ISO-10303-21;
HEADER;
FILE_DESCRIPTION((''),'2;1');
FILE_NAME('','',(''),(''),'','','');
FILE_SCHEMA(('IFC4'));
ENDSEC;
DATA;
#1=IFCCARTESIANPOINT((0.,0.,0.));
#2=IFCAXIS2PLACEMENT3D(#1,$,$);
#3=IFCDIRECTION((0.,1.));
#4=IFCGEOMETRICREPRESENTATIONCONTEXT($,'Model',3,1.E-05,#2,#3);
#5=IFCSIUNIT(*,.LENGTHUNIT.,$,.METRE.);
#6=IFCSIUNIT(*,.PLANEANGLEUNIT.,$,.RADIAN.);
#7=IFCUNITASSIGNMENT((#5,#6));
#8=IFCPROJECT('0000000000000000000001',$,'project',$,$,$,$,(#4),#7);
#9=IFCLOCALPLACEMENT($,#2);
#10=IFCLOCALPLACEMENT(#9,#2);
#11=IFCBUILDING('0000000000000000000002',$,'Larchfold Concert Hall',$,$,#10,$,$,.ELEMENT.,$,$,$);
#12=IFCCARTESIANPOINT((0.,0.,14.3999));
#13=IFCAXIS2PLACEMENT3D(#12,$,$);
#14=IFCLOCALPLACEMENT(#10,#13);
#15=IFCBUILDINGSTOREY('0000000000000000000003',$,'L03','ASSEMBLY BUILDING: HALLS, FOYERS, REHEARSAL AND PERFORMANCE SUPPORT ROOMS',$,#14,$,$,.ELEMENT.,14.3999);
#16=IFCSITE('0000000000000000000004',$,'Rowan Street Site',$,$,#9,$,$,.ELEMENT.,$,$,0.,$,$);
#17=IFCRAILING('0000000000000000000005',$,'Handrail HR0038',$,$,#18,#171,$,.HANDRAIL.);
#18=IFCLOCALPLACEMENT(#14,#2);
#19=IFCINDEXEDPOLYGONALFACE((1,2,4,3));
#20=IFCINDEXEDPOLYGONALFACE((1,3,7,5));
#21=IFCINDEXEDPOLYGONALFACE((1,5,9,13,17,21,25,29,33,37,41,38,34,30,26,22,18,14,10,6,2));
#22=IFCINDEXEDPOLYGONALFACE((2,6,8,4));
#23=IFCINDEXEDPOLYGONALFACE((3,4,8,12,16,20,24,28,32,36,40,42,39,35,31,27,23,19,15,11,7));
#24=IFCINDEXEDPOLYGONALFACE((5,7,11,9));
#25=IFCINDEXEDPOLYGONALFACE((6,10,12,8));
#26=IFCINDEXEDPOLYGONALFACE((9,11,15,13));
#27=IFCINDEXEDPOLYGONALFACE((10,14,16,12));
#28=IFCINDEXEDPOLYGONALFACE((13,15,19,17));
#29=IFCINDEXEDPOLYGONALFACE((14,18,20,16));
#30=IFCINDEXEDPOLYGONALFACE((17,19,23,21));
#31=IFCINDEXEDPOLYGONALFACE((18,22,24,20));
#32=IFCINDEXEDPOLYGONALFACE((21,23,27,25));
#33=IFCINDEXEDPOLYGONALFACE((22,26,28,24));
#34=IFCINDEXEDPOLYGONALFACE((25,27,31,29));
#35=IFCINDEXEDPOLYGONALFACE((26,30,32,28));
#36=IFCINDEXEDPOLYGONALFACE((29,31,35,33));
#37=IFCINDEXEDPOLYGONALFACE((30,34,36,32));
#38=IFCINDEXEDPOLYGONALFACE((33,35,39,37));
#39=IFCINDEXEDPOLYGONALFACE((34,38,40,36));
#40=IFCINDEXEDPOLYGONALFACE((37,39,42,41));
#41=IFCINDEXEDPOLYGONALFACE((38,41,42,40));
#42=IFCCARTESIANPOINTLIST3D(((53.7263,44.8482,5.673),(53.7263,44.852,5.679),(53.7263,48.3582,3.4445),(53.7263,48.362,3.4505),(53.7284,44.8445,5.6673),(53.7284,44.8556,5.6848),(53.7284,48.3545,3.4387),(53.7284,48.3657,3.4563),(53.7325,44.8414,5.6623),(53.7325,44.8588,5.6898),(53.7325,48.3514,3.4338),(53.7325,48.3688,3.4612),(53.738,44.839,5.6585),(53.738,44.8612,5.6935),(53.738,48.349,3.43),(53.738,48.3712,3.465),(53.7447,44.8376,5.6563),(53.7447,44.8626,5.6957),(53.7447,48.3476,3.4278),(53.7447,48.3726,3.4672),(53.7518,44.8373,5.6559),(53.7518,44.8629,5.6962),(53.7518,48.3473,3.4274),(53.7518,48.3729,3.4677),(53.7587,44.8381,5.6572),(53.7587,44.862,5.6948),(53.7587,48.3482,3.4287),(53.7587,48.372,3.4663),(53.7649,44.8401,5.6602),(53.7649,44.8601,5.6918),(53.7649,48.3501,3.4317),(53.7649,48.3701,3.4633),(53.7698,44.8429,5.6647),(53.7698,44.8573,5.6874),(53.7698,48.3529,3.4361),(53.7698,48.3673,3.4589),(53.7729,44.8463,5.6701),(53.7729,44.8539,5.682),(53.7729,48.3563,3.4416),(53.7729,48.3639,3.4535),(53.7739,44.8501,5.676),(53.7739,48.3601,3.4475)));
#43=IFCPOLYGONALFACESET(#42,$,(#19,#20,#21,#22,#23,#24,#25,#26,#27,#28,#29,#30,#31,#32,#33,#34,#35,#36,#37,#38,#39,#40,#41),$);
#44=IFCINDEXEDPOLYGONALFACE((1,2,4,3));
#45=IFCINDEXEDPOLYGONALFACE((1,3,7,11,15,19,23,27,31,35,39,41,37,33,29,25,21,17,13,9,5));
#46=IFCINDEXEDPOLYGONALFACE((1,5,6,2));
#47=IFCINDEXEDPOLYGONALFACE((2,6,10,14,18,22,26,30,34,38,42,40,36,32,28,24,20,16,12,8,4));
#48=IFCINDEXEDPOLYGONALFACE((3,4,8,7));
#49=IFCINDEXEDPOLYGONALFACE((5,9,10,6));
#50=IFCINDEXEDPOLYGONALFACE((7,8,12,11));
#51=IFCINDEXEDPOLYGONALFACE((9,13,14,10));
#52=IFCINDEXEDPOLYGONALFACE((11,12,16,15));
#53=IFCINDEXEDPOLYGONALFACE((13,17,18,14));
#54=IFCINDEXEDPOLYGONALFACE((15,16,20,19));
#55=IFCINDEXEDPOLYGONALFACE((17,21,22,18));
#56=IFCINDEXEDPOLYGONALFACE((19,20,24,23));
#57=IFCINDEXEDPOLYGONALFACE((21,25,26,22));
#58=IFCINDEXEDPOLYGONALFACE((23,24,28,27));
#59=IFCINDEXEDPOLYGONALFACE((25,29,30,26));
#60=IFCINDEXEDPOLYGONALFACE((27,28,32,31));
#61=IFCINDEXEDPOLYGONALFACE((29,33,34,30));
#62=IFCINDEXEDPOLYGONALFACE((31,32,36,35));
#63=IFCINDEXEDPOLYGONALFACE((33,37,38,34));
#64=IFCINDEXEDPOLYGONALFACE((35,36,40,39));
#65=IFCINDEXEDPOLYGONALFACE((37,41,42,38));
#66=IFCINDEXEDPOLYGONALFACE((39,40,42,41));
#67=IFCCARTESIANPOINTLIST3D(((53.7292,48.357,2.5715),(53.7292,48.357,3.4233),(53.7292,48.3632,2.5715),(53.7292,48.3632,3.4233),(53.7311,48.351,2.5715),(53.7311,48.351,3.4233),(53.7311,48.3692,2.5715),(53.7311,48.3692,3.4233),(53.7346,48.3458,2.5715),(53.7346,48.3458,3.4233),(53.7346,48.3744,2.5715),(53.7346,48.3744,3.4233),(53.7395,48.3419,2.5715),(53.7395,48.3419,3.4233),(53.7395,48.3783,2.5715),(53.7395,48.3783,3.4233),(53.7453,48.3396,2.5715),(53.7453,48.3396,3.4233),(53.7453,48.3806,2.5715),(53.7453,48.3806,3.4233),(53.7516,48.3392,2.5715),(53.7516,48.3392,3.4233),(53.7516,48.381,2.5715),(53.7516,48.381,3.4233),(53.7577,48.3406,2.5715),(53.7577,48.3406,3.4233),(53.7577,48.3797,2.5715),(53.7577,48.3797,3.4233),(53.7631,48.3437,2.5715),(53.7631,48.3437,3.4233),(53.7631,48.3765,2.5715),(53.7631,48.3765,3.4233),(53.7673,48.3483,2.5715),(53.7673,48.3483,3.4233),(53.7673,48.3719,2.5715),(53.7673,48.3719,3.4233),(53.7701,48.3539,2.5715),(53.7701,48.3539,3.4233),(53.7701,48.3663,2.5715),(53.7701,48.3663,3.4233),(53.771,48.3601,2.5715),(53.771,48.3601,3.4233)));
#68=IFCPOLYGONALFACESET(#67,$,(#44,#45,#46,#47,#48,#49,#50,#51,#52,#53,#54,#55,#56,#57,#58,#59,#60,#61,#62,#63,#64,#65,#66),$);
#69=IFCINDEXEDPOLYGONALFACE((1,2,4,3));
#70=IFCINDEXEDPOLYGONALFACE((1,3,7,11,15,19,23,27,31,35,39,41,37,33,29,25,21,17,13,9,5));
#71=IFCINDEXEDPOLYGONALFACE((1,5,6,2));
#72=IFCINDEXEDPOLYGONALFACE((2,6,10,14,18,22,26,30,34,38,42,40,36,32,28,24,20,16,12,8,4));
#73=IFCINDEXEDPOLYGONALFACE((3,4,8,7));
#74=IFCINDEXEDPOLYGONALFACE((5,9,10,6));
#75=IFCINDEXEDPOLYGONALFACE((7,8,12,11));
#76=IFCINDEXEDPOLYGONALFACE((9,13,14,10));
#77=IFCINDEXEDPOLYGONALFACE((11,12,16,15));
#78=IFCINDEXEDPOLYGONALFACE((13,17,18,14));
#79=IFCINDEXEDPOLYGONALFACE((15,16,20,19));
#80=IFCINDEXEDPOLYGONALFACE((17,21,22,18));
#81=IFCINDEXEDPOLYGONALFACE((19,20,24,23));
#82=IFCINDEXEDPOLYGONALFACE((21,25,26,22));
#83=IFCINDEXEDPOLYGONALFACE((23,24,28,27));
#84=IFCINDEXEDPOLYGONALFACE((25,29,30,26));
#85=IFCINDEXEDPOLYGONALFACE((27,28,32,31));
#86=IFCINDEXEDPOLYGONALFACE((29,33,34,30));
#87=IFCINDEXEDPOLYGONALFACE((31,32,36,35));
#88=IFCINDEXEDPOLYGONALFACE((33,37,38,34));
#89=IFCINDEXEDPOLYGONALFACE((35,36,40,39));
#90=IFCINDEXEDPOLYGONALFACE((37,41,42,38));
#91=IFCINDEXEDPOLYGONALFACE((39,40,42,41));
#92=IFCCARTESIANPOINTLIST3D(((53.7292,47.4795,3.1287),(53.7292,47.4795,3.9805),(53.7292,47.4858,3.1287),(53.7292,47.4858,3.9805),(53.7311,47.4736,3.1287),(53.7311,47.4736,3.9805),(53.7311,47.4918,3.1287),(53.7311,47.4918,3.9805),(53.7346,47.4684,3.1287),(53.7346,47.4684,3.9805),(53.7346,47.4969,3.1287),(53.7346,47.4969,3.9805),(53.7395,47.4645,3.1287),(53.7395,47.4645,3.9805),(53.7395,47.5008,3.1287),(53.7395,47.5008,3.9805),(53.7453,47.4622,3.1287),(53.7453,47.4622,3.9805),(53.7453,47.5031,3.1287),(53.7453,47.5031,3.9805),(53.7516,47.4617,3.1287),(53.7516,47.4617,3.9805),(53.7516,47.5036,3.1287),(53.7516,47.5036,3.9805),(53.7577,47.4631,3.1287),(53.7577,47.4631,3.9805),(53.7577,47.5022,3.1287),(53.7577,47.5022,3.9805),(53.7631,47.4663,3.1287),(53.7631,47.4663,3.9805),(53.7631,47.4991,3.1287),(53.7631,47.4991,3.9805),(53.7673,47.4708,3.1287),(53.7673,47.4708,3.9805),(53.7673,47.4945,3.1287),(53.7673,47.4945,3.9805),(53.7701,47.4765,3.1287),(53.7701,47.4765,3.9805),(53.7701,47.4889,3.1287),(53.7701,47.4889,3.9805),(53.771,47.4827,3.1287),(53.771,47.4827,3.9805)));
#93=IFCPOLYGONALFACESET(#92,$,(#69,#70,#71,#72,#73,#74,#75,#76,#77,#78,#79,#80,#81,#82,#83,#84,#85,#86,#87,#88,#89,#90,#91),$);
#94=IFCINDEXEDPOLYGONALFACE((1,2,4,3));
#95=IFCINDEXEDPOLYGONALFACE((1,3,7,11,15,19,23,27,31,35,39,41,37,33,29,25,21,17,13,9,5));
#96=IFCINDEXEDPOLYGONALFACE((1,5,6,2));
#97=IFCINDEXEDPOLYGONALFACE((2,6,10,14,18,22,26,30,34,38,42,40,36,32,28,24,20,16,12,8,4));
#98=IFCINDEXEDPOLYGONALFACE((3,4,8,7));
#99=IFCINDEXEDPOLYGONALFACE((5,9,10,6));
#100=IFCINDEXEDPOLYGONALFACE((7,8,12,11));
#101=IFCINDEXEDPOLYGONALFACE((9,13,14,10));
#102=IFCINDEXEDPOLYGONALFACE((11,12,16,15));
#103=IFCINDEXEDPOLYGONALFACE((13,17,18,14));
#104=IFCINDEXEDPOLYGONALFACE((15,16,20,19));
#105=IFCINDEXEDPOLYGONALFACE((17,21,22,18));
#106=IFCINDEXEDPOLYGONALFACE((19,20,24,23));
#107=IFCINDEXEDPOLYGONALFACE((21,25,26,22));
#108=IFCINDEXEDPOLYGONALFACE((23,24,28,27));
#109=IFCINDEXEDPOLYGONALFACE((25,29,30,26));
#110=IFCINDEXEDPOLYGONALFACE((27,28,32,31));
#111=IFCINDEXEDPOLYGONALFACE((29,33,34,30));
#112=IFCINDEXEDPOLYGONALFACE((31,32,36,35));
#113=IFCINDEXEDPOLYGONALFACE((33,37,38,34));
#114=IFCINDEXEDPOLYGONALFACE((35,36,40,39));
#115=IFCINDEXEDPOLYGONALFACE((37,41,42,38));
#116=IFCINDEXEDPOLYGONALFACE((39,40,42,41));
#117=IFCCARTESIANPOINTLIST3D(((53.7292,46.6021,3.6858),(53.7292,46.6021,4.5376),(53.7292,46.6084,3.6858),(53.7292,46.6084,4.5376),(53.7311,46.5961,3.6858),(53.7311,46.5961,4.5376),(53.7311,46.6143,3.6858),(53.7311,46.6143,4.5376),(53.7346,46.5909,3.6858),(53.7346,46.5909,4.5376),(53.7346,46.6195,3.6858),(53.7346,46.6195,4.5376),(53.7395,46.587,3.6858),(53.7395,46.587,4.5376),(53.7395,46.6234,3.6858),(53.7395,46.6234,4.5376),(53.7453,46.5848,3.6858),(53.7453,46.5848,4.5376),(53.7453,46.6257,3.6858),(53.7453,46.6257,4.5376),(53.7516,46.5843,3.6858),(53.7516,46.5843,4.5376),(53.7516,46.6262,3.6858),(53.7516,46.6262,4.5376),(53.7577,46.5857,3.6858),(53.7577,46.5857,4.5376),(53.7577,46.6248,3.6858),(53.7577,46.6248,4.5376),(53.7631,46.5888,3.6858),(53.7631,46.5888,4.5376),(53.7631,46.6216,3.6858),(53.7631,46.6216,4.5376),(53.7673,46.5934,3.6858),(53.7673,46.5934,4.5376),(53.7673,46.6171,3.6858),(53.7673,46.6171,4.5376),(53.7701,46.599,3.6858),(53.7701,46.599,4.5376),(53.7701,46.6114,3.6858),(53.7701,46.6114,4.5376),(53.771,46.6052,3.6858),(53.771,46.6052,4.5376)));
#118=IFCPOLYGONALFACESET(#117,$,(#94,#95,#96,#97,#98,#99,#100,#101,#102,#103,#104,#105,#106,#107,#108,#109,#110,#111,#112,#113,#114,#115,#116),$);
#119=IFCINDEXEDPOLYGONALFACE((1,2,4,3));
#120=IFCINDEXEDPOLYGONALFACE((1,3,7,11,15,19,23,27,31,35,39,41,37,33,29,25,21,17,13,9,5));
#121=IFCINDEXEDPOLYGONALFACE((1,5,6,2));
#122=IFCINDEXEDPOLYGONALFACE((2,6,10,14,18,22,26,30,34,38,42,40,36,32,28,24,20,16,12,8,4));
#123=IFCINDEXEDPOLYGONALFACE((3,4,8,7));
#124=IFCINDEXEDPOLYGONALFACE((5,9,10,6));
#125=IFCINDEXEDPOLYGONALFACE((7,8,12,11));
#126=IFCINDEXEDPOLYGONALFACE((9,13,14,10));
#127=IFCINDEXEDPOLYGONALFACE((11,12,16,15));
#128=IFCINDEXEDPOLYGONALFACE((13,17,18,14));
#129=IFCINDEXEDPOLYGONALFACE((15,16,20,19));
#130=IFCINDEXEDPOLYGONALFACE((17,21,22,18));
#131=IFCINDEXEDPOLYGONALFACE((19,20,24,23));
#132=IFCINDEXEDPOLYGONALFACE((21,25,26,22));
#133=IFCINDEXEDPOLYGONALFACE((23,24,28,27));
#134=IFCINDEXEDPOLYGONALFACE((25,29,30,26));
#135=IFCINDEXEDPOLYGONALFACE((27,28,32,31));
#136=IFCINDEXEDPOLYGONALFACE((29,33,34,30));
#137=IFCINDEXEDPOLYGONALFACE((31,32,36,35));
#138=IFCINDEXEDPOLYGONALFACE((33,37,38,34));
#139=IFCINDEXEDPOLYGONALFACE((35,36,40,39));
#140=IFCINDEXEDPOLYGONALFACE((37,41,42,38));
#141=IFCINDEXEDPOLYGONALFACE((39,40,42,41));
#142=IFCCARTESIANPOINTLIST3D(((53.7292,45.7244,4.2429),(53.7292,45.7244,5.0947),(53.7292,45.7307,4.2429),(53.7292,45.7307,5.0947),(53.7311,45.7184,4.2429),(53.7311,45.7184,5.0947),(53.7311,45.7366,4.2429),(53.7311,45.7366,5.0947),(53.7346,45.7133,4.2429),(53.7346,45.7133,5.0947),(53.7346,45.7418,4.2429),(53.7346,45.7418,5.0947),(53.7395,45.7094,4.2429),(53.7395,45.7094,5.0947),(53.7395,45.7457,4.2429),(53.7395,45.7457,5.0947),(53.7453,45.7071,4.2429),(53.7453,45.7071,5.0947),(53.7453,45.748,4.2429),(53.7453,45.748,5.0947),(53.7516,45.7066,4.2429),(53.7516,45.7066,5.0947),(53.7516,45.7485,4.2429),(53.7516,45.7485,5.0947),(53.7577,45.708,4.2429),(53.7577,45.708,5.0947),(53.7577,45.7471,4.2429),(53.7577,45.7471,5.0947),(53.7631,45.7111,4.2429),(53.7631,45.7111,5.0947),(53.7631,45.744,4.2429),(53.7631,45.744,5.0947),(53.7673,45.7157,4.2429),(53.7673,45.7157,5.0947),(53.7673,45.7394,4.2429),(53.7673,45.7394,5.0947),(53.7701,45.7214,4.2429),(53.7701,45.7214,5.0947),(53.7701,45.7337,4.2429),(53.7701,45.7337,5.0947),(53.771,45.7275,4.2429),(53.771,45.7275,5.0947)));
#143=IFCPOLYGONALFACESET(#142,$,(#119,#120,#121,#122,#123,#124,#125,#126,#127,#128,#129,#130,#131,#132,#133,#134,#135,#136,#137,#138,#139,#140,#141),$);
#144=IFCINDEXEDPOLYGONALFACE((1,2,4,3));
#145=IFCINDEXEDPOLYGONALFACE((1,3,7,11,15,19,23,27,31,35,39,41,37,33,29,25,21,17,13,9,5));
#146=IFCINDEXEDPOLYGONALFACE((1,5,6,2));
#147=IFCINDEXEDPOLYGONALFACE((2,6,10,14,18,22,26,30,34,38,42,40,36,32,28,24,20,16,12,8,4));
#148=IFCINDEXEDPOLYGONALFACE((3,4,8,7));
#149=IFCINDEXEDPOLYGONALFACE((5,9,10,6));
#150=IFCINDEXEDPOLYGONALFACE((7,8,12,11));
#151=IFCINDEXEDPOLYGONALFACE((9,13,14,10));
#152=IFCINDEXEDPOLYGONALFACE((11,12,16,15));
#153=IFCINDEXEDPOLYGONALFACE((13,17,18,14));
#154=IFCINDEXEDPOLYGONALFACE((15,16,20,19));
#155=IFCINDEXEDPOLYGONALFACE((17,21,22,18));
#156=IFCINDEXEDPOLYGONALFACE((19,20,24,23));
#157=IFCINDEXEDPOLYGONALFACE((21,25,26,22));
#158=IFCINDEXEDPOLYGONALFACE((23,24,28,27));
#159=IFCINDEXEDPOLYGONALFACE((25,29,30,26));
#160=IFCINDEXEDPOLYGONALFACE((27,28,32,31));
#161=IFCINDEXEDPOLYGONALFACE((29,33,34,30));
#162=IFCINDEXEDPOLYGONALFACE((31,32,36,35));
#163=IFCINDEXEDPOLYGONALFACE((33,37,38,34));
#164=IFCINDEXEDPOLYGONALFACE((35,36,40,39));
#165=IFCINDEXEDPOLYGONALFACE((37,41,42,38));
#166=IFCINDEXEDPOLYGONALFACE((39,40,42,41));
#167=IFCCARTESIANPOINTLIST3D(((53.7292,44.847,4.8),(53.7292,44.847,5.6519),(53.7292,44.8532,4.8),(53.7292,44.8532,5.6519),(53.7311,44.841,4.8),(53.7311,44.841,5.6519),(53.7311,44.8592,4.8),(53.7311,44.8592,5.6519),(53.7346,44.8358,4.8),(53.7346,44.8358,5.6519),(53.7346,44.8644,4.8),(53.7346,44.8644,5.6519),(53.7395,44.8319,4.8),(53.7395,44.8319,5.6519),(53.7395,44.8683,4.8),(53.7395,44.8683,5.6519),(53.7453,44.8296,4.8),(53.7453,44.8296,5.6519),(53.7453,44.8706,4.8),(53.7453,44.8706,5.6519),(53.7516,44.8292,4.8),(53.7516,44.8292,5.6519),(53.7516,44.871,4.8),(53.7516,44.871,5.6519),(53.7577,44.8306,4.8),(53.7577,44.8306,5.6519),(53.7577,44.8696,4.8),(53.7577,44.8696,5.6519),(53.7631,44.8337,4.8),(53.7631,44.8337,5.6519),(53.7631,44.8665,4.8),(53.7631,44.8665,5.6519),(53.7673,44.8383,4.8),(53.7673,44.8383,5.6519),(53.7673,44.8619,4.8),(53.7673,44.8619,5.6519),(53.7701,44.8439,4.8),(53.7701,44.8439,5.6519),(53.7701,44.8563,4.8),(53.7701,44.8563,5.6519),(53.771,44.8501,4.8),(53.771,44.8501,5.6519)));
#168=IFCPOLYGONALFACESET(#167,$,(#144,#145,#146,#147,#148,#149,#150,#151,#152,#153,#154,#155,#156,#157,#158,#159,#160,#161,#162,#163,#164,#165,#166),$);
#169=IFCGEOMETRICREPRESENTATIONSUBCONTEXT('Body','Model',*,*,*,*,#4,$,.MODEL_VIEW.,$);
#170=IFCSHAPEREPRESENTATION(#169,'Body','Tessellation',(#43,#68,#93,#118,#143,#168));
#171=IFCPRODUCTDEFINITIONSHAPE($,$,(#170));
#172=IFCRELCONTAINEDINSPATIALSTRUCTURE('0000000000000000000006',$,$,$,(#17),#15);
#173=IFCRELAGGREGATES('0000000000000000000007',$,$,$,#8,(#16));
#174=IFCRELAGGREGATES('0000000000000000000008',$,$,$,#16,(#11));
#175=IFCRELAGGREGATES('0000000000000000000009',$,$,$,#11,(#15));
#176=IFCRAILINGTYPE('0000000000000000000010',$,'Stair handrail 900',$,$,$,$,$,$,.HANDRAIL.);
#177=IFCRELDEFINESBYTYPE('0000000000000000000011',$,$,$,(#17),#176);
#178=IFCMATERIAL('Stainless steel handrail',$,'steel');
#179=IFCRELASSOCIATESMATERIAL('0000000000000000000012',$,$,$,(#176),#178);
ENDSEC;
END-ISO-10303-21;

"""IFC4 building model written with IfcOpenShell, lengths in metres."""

from ifc_helpers import new_model, si_unit, direction, frame, origin, origin_2d, place, context, subcontext, project, spatial, circle, extrude, material, type_object, element, save


model = new_model("IFC4")

# Units and contexts
model_context = context("Model", 3, precision=1e-05, world=origin(), true_north=direction((0.0, 1.0)))
body_context = subcontext(model_context, "Body", "Model", "MODEL_VIEW")
ifc_project = project(units=[si_unit("LENGTHUNIT", "METRE"), si_unit("PLANEANGLEUNIT", "RADIAN")], contexts=[model_context])

# Site, building, storey
site_placement = place(None, origin())
site = spatial("IfcSite", under=ifc_project, at=site_placement, Name="Rowan Street Site", CompositionType="ELEMENT", RefElevation=0.0)
building_placement = place(site_placement, origin())
building = spatial("IfcBuilding", under=site, at=building_placement, Name="Larchfold Concert Hall", CompositionType="ELEMENT")
storey_placement = place(building_placement, frame((0.0, 0.0, 14.3999)))
storey = spatial("IfcBuildingStorey", under=building, at=storey_placement, Name="L03", Description="ASSEMBLY BUILDING: HALLS, FOYERS, REHEARSAL AND PERFORMANCE SUPPORT ROOMS", CompositionType="ELEMENT", Elevation=14.3999)

# Railing
ifc_material_1 = material(Name="Stainless steel handrail", Category="steel")
railing_type_1 = type_object("IfcRailingType", Name="Stair handrail 900", PredefinedType="HANDRAIL", material=ifc_material_1)
railing_1_placement = place(storey_placement, frame((53.75, 48.3601, 2.5715)))
element("IfcRailing", 1, at=railing_1_placement, inside=storey, type_object=railing_type_1, Name="Handrail HR0038", PredefinedType="HANDRAIL", context=body_context, shape_type="SweptSolid", body=[
    extrude(circle(Radius=0.0239, at=origin_2d()), frame((0.0, 0.0, 0.876), z_axis=(0.0, -0.84422, 0.535998), x_axis=(1.0, 0.0, 0.0)), (0.0, 0.0, 1.0), 4.1577),
    extrude(circle(Radius=0.021, at=origin_2d()), origin(), (0.0, 0.0, 1.0), 0.8518),
    extrude(circle(Radius=0.021, at=origin_2d()), frame((0.0, -0.8774, 0.5571)), (0.0, 0.0, 1.0), 0.8518),
    extrude(circle(Radius=0.021, at=origin_2d()), frame((0.0, -1.7549, 1.1143)), (0.0, 0.0, 1.0), 0.8518),
    extrude(circle(Radius=0.021, at=origin_2d()), frame((0.0, -2.6326, 1.6714)), (0.0, 0.0, 1.0), 0.8518),
    extrude(circle(Radius=0.021, at=origin_2d()), frame((0.0, -3.51, 2.2285)), (0.0, 0.0, 1.0), 0.8518),
])

save(model, "model.ifc")
